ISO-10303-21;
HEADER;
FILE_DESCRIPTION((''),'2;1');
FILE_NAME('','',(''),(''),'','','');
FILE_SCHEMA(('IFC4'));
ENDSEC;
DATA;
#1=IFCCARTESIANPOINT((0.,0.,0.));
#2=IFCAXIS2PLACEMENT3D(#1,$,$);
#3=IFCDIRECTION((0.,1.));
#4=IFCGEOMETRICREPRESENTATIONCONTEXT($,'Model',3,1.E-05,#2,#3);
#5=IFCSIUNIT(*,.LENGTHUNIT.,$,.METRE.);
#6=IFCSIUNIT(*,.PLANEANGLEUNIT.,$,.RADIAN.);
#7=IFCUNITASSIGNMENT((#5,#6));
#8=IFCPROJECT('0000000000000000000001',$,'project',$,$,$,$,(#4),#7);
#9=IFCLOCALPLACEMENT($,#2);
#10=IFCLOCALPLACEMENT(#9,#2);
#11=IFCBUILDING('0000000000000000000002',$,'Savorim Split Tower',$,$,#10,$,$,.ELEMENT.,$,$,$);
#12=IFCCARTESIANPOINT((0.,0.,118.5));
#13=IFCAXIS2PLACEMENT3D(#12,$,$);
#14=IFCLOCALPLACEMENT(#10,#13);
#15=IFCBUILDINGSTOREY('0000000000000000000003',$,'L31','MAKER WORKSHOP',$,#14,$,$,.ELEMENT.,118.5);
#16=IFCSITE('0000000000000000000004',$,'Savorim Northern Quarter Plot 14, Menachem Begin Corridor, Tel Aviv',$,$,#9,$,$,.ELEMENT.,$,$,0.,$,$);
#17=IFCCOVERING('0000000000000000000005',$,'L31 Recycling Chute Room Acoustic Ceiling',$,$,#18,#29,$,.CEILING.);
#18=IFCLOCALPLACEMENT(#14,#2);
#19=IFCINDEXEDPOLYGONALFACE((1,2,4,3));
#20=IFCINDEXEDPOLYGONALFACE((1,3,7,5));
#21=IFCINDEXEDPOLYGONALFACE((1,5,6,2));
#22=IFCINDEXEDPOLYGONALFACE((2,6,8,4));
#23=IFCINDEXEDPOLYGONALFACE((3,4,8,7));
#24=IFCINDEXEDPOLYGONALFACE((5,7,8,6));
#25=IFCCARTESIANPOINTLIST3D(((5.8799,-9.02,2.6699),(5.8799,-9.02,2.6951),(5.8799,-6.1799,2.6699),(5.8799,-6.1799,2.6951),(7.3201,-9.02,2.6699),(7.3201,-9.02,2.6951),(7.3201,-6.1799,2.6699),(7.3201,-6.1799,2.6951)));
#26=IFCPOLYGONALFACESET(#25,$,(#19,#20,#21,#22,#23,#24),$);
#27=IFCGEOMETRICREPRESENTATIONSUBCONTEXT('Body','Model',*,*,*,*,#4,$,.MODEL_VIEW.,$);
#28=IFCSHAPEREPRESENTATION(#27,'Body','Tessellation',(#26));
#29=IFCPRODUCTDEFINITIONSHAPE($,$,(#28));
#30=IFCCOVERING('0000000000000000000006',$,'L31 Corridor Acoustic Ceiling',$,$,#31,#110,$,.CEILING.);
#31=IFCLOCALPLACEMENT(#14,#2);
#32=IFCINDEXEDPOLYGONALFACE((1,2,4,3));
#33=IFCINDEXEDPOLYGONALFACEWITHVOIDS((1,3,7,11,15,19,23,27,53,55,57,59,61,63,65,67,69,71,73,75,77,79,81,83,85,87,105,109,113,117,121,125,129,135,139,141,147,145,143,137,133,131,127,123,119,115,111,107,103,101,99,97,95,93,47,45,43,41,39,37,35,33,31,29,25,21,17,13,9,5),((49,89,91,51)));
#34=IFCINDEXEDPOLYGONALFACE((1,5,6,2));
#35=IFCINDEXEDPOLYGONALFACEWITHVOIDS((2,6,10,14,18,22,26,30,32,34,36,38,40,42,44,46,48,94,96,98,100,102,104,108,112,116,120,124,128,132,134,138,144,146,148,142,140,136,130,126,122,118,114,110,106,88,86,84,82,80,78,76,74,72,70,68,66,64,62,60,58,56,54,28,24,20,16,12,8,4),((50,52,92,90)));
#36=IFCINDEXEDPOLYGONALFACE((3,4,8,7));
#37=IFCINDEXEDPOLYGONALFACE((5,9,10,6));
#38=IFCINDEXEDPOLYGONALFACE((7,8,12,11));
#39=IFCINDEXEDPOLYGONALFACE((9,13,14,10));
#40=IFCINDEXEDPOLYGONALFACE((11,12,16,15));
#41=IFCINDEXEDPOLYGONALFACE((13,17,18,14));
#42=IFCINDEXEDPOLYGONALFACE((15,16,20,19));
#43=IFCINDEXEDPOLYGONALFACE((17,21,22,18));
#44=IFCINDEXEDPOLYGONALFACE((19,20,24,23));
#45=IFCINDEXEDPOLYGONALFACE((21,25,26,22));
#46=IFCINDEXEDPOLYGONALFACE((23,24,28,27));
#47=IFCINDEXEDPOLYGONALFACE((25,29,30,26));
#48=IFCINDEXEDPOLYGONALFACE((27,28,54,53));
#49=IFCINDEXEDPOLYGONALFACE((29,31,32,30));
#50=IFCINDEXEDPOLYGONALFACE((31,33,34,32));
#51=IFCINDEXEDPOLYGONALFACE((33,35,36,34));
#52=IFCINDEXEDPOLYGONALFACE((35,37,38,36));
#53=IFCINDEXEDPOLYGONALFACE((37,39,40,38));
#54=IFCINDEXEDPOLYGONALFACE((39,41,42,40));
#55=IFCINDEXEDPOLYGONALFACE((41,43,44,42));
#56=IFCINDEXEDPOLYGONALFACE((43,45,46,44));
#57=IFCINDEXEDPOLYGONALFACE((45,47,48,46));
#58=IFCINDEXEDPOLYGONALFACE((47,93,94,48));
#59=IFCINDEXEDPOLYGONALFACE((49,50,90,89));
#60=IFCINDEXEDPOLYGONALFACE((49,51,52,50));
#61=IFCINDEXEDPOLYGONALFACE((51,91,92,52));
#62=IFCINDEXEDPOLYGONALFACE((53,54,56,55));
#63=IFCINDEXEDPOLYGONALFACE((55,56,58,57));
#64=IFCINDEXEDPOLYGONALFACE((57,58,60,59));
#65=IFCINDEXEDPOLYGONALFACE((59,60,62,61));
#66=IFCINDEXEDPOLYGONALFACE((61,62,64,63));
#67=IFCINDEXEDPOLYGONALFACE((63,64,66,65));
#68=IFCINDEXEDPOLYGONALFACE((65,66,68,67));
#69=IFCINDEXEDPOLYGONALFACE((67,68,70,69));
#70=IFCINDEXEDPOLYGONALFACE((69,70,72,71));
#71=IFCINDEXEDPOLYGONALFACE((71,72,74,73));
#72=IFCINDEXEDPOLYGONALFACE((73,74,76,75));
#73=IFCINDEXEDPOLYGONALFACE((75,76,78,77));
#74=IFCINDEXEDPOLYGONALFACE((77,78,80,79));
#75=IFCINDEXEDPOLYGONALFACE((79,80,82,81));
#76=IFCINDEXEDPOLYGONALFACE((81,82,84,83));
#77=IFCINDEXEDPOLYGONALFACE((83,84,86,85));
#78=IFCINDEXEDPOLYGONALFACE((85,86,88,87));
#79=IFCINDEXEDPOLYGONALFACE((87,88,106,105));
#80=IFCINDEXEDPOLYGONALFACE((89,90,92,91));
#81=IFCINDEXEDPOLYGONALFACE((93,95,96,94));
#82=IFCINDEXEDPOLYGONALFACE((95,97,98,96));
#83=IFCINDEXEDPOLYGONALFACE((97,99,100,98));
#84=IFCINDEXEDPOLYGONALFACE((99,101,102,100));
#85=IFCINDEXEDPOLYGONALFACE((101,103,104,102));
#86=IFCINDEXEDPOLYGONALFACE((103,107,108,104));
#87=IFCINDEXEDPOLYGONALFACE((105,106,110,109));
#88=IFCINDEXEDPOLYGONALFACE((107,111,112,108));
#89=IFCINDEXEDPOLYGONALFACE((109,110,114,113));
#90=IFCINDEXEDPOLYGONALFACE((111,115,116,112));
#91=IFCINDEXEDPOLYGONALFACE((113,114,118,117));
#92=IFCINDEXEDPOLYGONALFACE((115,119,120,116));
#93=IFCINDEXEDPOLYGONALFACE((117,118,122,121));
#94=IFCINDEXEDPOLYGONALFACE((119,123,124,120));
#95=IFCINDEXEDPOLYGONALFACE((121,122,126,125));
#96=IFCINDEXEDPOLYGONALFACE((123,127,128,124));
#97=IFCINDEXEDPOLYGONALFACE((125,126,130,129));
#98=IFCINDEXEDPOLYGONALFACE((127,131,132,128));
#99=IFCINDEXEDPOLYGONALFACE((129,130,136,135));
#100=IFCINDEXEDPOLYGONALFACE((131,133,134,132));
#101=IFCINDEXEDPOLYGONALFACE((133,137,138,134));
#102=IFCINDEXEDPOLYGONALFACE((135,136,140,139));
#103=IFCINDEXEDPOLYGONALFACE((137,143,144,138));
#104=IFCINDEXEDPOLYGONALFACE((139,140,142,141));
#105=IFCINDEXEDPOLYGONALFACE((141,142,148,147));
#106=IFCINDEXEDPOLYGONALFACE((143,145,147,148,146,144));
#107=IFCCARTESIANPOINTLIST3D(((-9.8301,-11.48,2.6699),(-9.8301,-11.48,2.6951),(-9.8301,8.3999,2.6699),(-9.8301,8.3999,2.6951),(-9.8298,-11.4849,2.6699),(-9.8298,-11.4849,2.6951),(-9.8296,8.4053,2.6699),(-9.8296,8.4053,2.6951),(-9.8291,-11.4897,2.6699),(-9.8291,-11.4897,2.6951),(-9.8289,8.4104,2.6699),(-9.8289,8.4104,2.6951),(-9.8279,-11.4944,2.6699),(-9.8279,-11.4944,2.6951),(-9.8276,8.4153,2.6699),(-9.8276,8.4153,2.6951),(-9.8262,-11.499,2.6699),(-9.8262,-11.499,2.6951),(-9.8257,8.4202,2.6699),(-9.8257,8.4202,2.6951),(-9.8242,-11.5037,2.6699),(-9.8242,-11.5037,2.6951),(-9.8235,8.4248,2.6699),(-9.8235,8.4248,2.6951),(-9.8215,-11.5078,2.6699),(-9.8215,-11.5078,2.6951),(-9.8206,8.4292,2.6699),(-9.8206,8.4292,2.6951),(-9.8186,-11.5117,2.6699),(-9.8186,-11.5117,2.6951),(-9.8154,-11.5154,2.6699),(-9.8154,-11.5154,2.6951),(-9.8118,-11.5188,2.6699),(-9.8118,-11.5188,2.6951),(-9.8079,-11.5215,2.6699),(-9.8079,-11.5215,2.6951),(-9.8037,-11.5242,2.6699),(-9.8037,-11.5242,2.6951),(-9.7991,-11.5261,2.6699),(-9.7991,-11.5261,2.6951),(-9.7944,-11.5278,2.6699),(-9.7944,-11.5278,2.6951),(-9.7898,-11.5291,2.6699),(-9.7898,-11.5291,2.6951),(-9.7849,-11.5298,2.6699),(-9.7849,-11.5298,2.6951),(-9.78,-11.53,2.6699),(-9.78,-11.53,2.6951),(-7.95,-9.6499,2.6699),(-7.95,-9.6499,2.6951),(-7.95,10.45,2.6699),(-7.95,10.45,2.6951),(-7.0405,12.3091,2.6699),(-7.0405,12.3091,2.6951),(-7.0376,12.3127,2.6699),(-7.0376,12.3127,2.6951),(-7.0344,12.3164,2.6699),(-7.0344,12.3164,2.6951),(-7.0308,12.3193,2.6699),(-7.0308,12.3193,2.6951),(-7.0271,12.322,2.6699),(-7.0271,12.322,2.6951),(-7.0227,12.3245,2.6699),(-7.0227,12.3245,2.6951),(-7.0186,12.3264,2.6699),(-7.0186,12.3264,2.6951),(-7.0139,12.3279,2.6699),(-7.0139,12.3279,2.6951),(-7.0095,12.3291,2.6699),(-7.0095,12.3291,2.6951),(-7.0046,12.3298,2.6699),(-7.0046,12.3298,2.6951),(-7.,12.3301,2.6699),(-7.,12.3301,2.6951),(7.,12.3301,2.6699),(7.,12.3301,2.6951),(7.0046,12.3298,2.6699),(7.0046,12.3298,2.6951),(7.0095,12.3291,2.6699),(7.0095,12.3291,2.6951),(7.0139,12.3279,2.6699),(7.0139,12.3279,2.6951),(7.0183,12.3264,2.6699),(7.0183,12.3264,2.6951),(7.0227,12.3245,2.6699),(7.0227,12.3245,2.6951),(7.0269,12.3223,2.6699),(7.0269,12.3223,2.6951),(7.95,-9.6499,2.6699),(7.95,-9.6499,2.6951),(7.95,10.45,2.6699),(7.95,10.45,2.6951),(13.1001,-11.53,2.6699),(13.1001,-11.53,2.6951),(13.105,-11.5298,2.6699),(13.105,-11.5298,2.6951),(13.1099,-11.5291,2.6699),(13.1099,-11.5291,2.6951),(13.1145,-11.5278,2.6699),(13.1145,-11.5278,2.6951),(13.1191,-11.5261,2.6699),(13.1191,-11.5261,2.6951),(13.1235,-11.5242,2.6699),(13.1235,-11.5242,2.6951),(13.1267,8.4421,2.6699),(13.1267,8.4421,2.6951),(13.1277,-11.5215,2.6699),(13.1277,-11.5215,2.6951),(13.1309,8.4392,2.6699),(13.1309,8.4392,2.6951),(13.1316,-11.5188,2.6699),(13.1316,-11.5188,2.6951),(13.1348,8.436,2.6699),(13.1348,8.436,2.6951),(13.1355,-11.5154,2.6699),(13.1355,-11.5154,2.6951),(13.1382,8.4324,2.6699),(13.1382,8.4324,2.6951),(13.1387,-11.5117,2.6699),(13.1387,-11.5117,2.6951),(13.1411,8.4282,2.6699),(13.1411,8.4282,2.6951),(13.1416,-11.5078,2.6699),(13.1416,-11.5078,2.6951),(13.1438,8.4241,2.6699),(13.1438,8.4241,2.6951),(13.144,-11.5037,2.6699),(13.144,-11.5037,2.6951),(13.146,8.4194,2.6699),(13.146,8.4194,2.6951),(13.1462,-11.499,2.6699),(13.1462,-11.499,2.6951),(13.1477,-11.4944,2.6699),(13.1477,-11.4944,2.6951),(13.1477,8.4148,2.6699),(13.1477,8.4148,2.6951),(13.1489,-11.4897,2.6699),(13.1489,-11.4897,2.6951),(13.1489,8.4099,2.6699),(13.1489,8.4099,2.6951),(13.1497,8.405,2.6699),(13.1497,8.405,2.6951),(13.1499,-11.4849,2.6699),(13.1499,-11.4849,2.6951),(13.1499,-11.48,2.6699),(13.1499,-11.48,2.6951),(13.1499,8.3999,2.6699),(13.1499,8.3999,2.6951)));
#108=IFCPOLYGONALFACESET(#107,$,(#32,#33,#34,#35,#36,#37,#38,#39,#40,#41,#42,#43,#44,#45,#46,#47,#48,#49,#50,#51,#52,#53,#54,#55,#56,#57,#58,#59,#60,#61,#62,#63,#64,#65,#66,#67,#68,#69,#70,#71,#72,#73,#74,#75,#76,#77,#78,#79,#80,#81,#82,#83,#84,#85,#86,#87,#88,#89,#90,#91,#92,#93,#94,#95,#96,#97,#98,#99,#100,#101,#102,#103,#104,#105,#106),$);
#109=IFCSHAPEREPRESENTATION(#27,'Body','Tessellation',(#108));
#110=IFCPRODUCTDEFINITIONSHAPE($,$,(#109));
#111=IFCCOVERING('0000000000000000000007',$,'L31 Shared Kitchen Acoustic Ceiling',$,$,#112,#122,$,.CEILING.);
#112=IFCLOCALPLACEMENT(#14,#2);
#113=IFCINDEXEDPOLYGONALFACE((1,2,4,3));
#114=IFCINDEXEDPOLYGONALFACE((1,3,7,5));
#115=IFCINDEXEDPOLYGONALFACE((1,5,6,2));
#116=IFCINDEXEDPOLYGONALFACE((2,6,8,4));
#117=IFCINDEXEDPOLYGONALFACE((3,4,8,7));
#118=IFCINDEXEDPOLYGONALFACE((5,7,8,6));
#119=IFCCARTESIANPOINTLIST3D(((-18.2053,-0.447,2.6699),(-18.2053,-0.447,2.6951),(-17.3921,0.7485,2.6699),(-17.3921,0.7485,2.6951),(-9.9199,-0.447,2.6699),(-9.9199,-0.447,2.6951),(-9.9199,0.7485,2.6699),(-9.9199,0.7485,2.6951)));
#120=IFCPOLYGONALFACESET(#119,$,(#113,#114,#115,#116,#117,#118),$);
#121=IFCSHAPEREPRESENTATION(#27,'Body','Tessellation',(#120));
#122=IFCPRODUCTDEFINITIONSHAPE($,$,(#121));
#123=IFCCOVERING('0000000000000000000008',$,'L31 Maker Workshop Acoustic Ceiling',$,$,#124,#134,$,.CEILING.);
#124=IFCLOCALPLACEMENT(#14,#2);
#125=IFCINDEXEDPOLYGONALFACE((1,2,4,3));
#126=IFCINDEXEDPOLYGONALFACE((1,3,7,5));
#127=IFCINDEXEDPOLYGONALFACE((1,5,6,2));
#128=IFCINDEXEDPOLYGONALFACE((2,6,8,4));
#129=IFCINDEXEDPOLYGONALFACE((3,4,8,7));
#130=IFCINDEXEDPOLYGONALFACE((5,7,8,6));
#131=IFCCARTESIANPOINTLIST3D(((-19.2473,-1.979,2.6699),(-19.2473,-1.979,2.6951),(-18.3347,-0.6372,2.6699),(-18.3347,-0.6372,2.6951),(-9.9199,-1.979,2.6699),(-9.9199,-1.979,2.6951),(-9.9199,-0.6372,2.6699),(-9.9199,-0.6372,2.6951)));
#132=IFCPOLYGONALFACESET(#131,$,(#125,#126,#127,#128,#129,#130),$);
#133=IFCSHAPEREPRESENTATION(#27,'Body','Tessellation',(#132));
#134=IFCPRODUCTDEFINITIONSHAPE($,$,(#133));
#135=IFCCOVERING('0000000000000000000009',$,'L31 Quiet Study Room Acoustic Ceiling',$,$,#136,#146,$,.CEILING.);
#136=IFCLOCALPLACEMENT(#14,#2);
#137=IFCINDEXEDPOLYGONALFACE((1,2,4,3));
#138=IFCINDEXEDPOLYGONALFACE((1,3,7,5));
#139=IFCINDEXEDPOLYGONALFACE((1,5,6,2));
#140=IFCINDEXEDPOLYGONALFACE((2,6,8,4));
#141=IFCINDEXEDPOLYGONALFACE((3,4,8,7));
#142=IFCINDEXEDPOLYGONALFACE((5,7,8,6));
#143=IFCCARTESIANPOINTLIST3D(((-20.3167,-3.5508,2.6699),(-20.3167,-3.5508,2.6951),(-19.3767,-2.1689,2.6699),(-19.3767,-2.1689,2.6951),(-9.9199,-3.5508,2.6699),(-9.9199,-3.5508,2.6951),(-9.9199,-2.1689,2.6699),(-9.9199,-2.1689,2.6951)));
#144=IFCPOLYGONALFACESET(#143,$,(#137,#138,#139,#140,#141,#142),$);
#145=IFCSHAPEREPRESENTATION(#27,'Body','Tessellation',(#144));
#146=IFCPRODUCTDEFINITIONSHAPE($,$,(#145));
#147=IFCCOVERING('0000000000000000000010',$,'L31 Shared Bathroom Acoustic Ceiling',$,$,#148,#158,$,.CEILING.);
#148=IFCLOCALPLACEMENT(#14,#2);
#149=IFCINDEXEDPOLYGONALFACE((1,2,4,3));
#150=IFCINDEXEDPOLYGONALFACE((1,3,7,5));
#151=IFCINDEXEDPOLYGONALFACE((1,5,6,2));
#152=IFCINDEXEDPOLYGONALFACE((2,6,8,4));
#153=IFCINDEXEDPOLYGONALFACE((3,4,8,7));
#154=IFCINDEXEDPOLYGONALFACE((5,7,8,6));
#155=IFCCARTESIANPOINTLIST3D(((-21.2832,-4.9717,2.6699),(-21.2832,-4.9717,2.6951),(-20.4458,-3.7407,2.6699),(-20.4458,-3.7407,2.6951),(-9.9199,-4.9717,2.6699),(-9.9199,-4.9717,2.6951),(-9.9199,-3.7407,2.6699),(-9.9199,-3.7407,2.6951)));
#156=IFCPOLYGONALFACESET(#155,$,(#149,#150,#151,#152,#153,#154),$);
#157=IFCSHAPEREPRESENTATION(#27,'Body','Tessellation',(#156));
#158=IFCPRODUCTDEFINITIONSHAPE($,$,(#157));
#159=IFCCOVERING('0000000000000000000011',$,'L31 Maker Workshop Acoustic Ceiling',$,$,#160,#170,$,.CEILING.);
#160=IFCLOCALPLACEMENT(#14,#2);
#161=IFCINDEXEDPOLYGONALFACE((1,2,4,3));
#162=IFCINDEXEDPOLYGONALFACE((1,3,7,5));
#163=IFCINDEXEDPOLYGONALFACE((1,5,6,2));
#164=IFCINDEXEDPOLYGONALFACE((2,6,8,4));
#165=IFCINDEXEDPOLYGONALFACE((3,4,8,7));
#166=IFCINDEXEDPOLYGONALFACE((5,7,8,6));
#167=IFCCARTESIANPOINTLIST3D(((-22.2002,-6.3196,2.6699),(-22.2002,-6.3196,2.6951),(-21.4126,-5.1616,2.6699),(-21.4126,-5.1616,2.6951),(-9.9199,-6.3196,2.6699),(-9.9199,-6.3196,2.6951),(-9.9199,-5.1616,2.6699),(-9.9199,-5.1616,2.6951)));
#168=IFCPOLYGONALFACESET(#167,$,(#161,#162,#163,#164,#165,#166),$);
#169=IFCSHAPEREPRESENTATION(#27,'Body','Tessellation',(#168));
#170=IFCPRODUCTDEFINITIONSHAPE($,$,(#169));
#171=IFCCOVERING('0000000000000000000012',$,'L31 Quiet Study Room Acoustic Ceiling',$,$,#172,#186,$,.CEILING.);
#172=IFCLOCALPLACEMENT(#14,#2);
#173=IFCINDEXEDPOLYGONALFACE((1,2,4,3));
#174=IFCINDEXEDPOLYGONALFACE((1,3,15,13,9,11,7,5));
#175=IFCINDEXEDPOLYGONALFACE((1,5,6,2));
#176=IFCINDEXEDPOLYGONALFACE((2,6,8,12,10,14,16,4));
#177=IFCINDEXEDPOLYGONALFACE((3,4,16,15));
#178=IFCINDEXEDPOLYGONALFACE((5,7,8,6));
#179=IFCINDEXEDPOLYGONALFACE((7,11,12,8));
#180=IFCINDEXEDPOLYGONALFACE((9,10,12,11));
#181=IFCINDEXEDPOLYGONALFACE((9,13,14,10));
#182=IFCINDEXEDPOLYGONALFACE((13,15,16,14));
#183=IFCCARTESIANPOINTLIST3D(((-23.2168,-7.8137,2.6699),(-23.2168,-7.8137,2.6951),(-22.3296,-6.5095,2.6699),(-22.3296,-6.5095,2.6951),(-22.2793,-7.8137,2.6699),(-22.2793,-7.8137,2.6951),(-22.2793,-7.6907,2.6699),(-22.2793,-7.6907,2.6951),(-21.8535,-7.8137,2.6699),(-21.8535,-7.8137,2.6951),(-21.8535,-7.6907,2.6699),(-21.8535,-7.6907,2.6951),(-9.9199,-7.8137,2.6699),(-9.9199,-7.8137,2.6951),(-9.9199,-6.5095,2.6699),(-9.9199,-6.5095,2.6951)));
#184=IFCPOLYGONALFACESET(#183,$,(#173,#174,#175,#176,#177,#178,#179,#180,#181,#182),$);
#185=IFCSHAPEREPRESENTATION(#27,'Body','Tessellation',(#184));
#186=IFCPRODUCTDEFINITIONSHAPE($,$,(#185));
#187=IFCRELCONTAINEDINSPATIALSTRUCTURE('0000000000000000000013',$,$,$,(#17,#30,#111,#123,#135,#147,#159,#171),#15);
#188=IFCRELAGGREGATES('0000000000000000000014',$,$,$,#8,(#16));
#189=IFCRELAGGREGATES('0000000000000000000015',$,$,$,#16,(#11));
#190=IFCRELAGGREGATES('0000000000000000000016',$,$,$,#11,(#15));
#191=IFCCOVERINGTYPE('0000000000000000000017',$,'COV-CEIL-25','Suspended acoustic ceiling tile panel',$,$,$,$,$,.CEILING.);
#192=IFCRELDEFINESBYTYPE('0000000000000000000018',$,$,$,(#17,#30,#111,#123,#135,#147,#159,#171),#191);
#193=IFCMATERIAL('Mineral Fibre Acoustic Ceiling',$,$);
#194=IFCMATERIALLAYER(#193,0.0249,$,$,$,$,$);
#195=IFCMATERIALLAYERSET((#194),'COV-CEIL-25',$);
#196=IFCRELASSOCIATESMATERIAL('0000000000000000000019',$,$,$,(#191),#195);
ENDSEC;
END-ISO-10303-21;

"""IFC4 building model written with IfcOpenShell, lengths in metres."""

from ifc_helpers import new_model, si_unit, direction, frame, origin, place, context, subcontext, project, spatial, polyline, outline, extrude, material, layer, layer_set, type_object, element, save


model = new_model("IFC4")

# Units and contexts
model_context = context("Model", 3, precision=1e-05, world=origin(), true_north=direction((0.0, 1.0)))
body_context = subcontext(model_context, "Body", "Model", "MODEL_VIEW")
ifc_project = project(units=[si_unit("LENGTHUNIT", "METRE"), si_unit("PLANEANGLEUNIT", "RADIAN")], contexts=[model_context])

# Site, building, storey
site_placement = place(None, origin())
site = spatial("IfcSite", under=ifc_project, at=site_placement, Name="Savorim Northern Quarter Plot 14, Menachem Begin Corridor, Tel Aviv", CompositionType="ELEMENT", RefElevation=0.0)
building_placement = place(site_placement, origin())
building = spatial("IfcBuilding", under=site, at=building_placement, Name="Savorim Split Tower", CompositionType="ELEMENT")
storey_placement = place(building_placement, frame((0.0, 0.0, 118.5)))
storey = spatial("IfcBuildingStorey", under=building, at=storey_placement, Name="L31", Description="MAKER WORKSHOP", CompositionType="ELEMENT", Elevation=118.5)

# Coverings
ifc_material_1 = material(Name="Mineral Fibre Acoustic Ceiling")
ifc_layer_1 = layer(ifc_material_1, 0.0249)
ifc_layer_set_1 = layer_set([ifc_layer_1], Name="COV-CEIL-25")
covering_type_1 = type_object("IfcCoveringType", Name="COV-CEIL-25", Description="Suspended acoustic ceiling tile panel", PredefinedType="CEILING", material=ifc_layer_set_1)
covering_1_placement = place(storey_placement, frame((0.0, 0.0, 2.6699)))
element("IfcCovering", 1, at=covering_1_placement, inside=storey, type_object=covering_type_1, Name="L31 Recycling Chute Room Acoustic Ceiling", PredefinedType="CEILING", context=body_context, shape_type="SweptSolid", body=[
    extrude(outline(polyline([(5.8799, -6.1799), (5.8799, -9.02), (7.3201, -9.02), (7.3201, -6.1799), (5.8799, -6.1799)])), origin(), (0.0, 0.0, 1.0), 0.0251),
])
covering_2_placement = place(storey_placement, frame((0.0, 0.0, 2.6699)))
element("IfcCovering", 2, at=covering_2_placement, inside=storey, type_object=covering_type_1, Name="L31 Corridor Acoustic Ceiling", PredefinedType="CEILING", context=body_context, shape_type="SweptSolid", body=[
    extrude(outline(polyline([(7.0095, 12.3291), (7.0046, 12.3298), (7.0, 12.3301), (-7.0, 12.3301), (-7.0046, 12.3298), (-7.0095, 12.3291), (-7.0139, 12.3279), (-7.0186, 12.3264), (-7.0227, 12.3245), (-7.0271, 12.322), (-7.0308, 12.3193), (-7.0344, 12.3164), (-7.0376, 12.3127), (-7.0405, 12.3091), (-9.8206, 8.4292), (-9.8235, 8.4248), (-9.8257, 8.4202), (-9.8276, 8.4153), (-9.8289, 8.4104), (-9.8296, 8.4053), (-9.8301, 8.3999), (-9.8301, -11.48), (-9.8298, -11.4849), (-9.8291, -11.4897), (-9.8279, -11.4944), (-9.8262, -11.499), (-9.8242, -11.5037), (-9.8215, -11.5078), (-9.8186, -11.5117), (-9.8154, -11.5154), (-9.8118, -11.5188), (-9.8079, -11.5215), (-9.8037, -11.5242), (-9.7991, -11.5261), (-9.7944, -11.5278), (-9.7898, -11.5291), (-9.7849, -11.5298), (-9.78, -11.53), (13.1001, -11.53), (13.105, -11.5298), (13.1099, -11.5291), (13.1145, -11.5278), (13.1191, -11.5261), (13.1235, -11.5242), (13.1277, -11.5215), (13.1316, -11.5188), (13.1355, -11.5154), (13.1387, -11.5117), (13.1416, -11.5078), (13.144, -11.5037), (13.1462, -11.499), (13.1477, -11.4944), (13.1489, -11.4897), (13.1499, -11.4849), (13.1499, -11.48), (13.1499, 8.3999), (13.1497, 8.405), (13.1489, 8.4099), (13.1477, 8.4148), (13.146, 8.4194), (13.1438, 8.4241), (13.1411, 8.4282), (13.1382, 8.4324), (13.1348, 8.436), (13.1309, 8.4392), (13.1267, 8.4421), (7.0269, 12.3223), (7.0227, 12.3245), (7.0183, 12.3264), (7.0139, 12.3279), (7.0095, 12.3291)]), holes=[polyline([(-7.95, 10.45), (-7.95, -9.6499), (7.95, -9.6499), (7.95, 10.45), (-7.95, 10.45)])]), origin(), (0.0, 0.0, 1.0), 0.0251),
])
covering_3_placement = place(storey_placement, frame((0.0, 0.0, 2.6699)))
element("IfcCovering", 3, at=covering_3_placement, inside=storey, type_object=covering_type_1, Name="L31 Shared Kitchen Acoustic Ceiling", PredefinedType="CEILING", context=body_context, shape_type="SweptSolid", body=[
    extrude(outline(polyline([(-17.3921, 0.7485), (-18.2053, -0.447), (-9.9199, -0.447), (-9.9199, 0.7485), (-17.3921, 0.7485)])), origin(), (0.0, 0.0, 1.0), 0.0251),
])
covering_4_placement = place(storey_placement, frame((0.0, 0.0, 2.6699)))
element("IfcCovering", 4, at=covering_4_placement, inside=storey, type_object=covering_type_1, Name="L31 Maker Workshop Acoustic Ceiling", PredefinedType="CEILING", context=body_context, shape_type="SweptSolid", body=[
    extrude(outline(polyline([(-18.3347, -0.6372), (-19.2473, -1.979), (-9.9199, -1.979), (-9.9199, -0.6372), (-18.3347, -0.6372)])), origin(), (0.0, 0.0, 1.0), 0.0251),
])
covering_5_placement = place(storey_placement, frame((0.0, 0.0, 2.6699)))
element("IfcCovering", 5, at=covering_5_placement, inside=storey, type_object=covering_type_1, Name="L31 Quiet Study Room Acoustic Ceiling", PredefinedType="CEILING", context=body_context, shape_type="SweptSolid", body=[
    extrude(outline(polyline([(-19.3767, -2.1689), (-20.3167, -3.5508), (-9.9199, -3.5508), (-9.9199, -2.1689), (-19.3767, -2.1689)])), origin(), (0.0, 0.0, 1.0), 0.0251),
])
covering_6_placement = place(storey_placement, frame((0.0, 0.0, 2.6699)))
element("IfcCovering", 6, at=covering_6_placement, inside=storey, type_object=covering_type_1, Name="L31 Shared Bathroom Acoustic Ceiling", PredefinedType="CEILING", context=body_context, shape_type="SweptSolid", body=[
    extrude(outline(polyline([(-20.4458, -3.7407), (-21.2832, -4.9717), (-9.9199, -4.9717), (-9.9199, -3.7407), (-20.4458, -3.7407)])), origin(), (0.0, 0.0, 1.0), 0.0251),
])
covering_7_placement = place(storey_placement, frame((0.0, 0.0, 2.6699)))
element("IfcCovering", 7, at=covering_7_placement, inside=storey, type_object=covering_type_1, Name="L31 Maker Workshop Acoustic Ceiling", PredefinedType="CEILING", context=body_context, shape_type="SweptSolid", body=[
    extrude(outline(polyline([(-21.4126, -5.1616), (-22.2002, -6.3196), (-9.9199, -6.3196), (-9.9199, -5.1616), (-21.4126, -5.1616)])), origin(), (0.0, 0.0, 1.0), 0.0251),
])
covering_8_placement = place(storey_placement, frame((0.0, 0.0, 2.6699)))
element("IfcCovering", 8, at=covering_8_placement, inside=storey, type_object=covering_type_1, Name="L31 Quiet Study Room Acoustic Ceiling", PredefinedType="CEILING", context=body_context, shape_type="SweptSolid", body=[
    extrude(outline(polyline([(-21.8535, -7.6907), (-21.8535, -7.8137), (-9.9199, -7.8137), (-9.9199, -6.5095), (-22.3296, -6.5095), (-23.2168, -7.8137), (-22.2793, -7.8137), (-22.2793, -7.6907), (-21.8535, -7.6907)])), origin(), (0.0, 0.0, 1.0), 0.0251),
])

save(model, "model.ifc")
